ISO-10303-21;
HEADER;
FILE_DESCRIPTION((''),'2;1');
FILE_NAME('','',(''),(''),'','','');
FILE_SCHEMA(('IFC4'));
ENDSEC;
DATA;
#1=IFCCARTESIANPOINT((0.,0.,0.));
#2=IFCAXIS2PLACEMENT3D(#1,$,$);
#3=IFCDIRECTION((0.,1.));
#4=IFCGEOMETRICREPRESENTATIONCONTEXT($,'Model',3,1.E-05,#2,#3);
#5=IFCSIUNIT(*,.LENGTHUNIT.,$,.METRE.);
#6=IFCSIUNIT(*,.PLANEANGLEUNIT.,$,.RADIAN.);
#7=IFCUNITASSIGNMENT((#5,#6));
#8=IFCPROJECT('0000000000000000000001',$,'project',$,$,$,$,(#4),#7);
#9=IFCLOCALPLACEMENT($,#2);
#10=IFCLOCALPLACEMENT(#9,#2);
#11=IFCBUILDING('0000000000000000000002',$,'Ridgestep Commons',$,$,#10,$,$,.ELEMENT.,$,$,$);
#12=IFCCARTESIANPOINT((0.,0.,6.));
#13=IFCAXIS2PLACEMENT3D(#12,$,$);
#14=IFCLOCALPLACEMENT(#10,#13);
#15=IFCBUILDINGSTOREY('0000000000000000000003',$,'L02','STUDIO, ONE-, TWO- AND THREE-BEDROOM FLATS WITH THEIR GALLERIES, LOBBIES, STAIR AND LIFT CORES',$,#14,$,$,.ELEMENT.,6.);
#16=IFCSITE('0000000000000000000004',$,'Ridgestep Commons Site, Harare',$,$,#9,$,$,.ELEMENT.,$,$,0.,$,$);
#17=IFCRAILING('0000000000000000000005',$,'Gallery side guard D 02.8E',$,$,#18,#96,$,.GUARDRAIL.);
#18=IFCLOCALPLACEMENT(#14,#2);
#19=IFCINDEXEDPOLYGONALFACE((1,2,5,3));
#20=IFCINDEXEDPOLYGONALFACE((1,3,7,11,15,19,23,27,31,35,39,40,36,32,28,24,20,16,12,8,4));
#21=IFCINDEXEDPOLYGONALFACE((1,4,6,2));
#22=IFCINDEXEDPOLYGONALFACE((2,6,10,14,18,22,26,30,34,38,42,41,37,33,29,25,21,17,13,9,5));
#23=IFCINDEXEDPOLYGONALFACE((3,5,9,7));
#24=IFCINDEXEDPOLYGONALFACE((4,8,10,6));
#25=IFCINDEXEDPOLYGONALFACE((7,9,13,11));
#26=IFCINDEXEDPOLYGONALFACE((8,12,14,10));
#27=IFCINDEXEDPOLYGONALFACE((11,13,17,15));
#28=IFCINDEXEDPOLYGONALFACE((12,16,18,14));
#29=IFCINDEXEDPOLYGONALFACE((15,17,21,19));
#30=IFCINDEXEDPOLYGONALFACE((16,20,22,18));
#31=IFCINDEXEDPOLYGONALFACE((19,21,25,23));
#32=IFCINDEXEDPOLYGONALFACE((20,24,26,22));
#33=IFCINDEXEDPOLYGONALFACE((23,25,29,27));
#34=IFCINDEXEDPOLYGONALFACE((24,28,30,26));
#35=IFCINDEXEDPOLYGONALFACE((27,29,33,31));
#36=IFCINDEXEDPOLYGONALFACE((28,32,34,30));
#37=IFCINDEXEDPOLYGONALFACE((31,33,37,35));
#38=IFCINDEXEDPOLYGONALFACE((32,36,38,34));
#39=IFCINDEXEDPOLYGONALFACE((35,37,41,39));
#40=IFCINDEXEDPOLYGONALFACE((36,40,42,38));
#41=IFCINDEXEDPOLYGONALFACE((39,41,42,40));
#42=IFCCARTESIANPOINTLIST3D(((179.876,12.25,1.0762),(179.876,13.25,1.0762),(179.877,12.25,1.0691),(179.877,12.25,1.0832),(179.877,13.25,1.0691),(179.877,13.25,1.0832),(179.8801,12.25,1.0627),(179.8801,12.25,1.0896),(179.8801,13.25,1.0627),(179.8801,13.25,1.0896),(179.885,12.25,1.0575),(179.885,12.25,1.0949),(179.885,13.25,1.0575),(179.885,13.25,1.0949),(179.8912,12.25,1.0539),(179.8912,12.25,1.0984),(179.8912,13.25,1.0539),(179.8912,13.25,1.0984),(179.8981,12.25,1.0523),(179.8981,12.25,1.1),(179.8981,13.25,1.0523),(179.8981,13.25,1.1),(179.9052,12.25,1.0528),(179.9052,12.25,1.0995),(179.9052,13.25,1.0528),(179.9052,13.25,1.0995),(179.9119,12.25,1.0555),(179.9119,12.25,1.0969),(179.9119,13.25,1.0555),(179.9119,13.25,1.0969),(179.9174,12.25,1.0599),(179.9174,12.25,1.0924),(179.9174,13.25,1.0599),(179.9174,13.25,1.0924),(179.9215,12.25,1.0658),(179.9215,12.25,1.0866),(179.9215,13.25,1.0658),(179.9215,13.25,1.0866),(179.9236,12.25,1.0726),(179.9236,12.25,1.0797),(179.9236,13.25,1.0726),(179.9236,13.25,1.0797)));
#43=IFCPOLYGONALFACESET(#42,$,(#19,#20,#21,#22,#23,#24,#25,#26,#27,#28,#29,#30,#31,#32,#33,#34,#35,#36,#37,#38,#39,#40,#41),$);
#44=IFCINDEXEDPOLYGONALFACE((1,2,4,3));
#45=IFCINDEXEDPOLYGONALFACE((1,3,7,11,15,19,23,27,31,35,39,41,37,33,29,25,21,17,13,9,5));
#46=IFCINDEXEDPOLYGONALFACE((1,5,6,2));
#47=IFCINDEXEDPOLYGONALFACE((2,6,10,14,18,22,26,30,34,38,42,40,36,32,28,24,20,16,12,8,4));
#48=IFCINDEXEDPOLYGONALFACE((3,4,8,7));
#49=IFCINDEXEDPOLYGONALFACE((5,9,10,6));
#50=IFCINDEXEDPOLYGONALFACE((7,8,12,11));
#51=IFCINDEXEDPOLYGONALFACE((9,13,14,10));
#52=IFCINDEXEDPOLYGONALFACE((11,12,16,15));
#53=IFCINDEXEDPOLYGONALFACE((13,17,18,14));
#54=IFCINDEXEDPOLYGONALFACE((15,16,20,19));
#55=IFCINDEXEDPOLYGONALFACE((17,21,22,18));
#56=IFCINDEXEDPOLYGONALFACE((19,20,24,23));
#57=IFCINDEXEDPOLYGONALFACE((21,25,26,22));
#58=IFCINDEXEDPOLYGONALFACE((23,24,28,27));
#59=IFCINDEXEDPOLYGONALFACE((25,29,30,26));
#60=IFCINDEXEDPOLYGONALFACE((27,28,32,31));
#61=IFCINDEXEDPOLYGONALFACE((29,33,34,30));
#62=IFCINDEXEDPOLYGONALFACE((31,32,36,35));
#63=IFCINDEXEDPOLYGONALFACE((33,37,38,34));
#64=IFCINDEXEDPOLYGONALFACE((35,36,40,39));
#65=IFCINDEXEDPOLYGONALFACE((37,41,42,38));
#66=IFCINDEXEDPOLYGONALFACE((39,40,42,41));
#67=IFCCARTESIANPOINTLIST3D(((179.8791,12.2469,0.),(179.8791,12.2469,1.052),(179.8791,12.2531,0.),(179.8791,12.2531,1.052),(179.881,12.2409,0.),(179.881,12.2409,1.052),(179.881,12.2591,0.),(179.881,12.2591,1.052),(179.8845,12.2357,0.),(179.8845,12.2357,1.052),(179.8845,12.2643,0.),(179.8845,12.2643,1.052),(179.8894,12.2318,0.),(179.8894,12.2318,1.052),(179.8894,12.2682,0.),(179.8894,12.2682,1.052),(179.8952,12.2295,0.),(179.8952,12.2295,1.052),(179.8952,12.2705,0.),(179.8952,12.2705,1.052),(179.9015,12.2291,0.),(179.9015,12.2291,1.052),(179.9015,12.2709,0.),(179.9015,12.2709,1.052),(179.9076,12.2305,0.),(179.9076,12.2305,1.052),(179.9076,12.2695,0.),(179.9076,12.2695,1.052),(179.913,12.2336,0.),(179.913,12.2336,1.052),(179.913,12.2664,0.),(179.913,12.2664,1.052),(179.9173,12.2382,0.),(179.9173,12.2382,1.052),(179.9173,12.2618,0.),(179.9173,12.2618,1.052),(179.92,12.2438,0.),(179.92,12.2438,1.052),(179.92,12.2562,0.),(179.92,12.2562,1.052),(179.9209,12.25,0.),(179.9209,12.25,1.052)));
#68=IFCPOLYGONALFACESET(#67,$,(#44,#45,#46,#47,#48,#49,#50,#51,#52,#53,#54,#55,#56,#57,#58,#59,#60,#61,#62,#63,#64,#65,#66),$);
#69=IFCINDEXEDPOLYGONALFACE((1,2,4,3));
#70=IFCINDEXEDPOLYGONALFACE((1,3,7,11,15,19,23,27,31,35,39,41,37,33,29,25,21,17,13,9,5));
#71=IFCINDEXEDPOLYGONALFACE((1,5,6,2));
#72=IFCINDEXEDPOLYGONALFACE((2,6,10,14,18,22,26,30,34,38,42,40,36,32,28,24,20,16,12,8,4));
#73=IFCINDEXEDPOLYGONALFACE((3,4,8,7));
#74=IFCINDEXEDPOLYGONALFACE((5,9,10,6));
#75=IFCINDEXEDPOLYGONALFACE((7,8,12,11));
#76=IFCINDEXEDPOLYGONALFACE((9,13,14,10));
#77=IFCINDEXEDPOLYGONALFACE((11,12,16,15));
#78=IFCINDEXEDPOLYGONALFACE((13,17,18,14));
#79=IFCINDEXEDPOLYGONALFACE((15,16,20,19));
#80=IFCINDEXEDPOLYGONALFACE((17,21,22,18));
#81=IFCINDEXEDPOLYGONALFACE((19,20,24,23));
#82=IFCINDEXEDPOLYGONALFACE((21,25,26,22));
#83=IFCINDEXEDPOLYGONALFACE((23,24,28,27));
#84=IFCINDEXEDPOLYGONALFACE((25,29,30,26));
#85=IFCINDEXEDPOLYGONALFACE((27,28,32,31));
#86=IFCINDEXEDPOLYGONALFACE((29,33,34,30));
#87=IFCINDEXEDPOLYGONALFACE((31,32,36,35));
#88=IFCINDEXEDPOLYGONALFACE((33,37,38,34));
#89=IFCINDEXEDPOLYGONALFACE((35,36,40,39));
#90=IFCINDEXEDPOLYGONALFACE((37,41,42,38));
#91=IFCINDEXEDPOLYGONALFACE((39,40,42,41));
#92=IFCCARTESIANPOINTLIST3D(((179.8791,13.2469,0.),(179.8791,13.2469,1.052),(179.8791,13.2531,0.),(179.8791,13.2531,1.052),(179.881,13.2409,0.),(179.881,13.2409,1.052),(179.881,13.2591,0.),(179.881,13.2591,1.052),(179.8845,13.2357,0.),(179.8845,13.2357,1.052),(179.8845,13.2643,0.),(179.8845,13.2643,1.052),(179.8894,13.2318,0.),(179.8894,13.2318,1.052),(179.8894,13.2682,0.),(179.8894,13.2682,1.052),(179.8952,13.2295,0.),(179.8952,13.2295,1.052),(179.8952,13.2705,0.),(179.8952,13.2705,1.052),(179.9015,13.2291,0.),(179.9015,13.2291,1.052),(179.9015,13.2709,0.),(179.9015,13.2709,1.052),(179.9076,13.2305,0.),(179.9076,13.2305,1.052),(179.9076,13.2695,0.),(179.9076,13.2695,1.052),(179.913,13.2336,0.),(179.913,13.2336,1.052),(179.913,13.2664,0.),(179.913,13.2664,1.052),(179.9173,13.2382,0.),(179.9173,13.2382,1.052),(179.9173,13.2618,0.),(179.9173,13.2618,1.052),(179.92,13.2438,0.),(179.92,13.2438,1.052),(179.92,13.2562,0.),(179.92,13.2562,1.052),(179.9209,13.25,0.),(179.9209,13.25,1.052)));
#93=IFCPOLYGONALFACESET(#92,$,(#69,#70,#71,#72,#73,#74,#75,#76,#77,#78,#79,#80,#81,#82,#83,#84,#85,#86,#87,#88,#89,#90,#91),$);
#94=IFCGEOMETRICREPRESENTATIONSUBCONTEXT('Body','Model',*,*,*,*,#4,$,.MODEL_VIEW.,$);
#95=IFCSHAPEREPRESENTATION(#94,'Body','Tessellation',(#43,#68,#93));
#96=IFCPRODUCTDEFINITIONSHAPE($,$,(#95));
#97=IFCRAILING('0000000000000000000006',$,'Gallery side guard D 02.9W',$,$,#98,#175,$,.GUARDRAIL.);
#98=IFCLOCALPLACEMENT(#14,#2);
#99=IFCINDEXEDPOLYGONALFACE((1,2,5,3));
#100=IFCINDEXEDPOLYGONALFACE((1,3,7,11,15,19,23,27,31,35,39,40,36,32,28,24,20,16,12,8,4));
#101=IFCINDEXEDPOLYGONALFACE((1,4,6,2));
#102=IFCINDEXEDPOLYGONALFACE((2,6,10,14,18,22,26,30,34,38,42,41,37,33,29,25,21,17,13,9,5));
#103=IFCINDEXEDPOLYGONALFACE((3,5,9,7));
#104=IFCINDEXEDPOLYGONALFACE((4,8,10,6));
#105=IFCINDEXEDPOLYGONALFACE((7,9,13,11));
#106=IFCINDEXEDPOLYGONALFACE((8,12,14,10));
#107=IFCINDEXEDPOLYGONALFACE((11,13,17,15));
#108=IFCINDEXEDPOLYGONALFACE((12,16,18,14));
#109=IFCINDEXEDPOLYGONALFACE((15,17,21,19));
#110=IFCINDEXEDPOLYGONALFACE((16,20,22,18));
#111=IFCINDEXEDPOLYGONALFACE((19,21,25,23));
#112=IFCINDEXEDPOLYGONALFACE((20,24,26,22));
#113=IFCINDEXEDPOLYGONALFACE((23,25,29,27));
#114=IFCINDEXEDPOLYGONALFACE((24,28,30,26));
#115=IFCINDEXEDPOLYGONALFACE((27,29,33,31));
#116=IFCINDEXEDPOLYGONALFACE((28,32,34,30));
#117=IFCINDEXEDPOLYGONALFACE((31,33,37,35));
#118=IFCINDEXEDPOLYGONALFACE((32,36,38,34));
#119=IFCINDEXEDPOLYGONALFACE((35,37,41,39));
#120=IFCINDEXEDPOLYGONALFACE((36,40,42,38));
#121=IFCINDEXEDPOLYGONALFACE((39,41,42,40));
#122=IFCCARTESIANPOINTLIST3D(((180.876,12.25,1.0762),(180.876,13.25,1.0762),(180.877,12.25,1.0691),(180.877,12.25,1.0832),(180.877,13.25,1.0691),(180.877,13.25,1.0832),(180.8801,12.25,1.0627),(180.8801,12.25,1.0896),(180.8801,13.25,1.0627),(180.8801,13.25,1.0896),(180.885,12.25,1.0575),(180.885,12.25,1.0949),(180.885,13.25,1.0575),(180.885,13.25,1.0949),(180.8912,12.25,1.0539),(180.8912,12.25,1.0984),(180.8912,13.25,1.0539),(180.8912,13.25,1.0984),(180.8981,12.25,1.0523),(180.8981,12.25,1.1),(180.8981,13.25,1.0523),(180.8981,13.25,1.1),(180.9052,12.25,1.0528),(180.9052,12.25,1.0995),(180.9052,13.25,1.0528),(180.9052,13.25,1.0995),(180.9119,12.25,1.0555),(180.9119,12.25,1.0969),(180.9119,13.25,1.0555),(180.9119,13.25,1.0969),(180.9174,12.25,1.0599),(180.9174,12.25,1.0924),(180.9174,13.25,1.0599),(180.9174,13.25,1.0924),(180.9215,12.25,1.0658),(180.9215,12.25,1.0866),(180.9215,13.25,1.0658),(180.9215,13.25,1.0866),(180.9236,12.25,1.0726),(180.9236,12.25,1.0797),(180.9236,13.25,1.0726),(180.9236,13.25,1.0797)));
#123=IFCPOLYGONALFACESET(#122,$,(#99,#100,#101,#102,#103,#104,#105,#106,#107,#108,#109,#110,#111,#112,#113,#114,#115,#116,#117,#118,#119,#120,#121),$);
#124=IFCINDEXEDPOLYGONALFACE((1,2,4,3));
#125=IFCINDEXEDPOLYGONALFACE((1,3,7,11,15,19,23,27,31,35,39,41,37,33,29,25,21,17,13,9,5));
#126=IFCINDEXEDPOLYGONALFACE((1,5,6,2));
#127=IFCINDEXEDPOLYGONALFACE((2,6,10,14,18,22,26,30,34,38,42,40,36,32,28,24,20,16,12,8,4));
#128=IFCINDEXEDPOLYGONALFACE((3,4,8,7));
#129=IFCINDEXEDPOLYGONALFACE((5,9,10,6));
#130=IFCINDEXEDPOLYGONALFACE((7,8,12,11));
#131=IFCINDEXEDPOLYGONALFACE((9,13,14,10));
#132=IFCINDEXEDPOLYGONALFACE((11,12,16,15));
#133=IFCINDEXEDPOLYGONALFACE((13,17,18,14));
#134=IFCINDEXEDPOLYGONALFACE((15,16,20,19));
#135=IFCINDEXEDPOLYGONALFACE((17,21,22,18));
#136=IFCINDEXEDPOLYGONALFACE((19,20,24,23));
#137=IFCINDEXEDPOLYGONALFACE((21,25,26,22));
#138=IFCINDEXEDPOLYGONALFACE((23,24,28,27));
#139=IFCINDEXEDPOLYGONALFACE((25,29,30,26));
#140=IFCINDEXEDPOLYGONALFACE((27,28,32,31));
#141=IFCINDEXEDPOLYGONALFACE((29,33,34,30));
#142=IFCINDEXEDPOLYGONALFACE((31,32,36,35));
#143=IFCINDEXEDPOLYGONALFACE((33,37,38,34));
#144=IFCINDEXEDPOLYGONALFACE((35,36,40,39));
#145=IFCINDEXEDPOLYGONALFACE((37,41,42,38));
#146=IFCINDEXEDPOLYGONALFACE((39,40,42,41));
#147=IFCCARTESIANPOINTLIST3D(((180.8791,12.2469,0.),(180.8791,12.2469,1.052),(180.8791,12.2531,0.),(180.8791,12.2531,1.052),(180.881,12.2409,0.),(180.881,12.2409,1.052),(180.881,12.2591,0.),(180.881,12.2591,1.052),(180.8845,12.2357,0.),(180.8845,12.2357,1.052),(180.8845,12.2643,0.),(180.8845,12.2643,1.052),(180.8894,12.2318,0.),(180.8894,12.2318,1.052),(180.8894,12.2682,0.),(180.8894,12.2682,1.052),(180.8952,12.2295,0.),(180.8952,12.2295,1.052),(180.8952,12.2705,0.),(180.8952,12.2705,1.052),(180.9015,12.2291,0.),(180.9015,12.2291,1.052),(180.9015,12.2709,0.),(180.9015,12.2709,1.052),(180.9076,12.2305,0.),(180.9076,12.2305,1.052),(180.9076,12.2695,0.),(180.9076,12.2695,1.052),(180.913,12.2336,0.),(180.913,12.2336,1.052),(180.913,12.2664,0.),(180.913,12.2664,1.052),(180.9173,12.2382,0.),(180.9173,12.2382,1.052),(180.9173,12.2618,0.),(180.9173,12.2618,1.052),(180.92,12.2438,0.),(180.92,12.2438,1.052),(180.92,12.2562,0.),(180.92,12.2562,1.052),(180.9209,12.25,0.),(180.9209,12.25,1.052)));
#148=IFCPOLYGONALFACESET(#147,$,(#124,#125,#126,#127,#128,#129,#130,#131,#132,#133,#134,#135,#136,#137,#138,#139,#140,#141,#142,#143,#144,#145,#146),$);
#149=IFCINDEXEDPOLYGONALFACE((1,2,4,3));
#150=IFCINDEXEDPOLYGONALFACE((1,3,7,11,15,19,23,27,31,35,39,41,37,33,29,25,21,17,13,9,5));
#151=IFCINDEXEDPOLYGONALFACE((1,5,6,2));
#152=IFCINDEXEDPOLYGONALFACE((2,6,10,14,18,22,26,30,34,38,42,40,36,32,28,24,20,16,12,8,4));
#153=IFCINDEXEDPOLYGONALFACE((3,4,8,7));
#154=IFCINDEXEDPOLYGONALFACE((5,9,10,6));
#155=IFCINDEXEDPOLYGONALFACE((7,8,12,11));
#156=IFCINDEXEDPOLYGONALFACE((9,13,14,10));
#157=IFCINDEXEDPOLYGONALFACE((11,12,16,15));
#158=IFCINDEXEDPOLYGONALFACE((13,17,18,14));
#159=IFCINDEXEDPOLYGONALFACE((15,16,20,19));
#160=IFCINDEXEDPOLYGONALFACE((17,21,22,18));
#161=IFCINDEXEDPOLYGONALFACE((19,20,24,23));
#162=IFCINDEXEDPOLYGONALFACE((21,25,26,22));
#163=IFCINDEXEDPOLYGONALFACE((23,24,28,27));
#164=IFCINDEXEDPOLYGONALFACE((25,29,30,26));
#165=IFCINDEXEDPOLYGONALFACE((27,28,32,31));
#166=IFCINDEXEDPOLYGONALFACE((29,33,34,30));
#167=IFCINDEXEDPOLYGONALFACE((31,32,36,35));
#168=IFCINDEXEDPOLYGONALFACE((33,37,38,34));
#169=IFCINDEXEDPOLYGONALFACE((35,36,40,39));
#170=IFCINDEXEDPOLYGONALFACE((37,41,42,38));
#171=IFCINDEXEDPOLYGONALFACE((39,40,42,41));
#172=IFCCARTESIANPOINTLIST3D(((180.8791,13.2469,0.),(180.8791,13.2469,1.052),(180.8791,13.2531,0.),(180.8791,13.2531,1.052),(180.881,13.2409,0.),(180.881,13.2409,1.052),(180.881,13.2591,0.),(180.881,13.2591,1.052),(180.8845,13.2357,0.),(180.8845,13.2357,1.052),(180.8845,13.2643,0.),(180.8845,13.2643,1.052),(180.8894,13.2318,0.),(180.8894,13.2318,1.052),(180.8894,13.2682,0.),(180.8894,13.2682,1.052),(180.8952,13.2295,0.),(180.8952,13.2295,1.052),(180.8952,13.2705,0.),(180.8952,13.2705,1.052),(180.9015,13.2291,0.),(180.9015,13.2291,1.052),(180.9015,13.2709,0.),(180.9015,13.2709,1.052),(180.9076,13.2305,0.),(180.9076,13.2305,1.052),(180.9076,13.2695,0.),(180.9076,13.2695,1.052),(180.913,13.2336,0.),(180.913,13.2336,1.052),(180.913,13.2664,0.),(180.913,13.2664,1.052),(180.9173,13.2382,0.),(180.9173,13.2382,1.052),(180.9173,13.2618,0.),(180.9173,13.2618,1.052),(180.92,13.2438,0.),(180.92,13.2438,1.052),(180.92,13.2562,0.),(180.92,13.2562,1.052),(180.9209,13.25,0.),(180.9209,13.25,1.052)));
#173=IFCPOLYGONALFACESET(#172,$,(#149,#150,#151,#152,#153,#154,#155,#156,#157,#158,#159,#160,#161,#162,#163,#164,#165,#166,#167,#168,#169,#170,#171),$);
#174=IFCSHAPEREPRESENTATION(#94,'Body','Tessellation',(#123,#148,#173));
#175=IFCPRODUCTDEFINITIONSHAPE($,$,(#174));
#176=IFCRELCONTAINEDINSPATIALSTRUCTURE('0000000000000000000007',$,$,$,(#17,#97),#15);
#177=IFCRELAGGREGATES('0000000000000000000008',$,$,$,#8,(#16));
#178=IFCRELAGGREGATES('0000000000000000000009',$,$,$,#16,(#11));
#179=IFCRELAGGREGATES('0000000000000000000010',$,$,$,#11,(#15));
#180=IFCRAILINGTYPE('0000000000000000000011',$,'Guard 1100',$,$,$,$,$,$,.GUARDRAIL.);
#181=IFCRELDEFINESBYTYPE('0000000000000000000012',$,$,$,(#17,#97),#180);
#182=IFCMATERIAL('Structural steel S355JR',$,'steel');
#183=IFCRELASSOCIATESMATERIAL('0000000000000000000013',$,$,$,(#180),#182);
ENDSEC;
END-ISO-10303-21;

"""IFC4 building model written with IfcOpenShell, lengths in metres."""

from ifc_helpers import new_model, si_unit, direction, frame, origin, origin_2d, place, context, subcontext, project, spatial, circle, extrude, material, type_object, element, save


model = new_model("IFC4")

# Units and contexts
model_context = context("Model", 3, precision=1e-05, world=origin(), true_north=direction((0.0, 1.0)))
body_context = subcontext(model_context, "Body", "Model", "MODEL_VIEW")
ifc_project = project(units=[si_unit("LENGTHUNIT", "METRE"), si_unit("PLANEANGLEUNIT", "RADIAN")], contexts=[model_context])

# Site, building, storey
site_placement = place(None, origin())
site = spatial("IfcSite", under=ifc_project, at=site_placement, Name="Ridgestep Commons Site, Harare", CompositionType="ELEMENT", RefElevation=0.0)
building_placement = place(site_placement, origin())
building = spatial("IfcBuilding", under=site, at=building_placement, Name="Ridgestep Commons", CompositionType="ELEMENT")
storey_placement = place(building_placement, frame((0.0, 0.0, 6.0)))
storey = spatial("IfcBuildingStorey", under=building, at=storey_placement, Name="L02", Description="STUDIO, ONE-, TWO- AND THREE-BEDROOM FLATS WITH THEIR GALLERIES, LOBBIES, STAIR AND LIFT CORES", CompositionType="ELEMENT", Elevation=6.0)

# Railings
ifc_material_1 = material(Name="Structural steel S355JR", Category="steel")
railing_type = type_object("IfcRailingType", Name="Guard 1100", PredefinedType="GUARDRAIL", material=ifc_material_1)
for number, where, name in (
    (1, (179.8999, 12.25, 0.0), "Gallery side guard D 02.8E"),
    (2, (180.8999, 12.25, 0.0), "Gallery side guard D 02.9W"),
):
    element("IfcRailing", number, at=place(storey_placement, frame(where)), inside=storey, type_object=railing_type, Name=name, PredefinedType="GUARDRAIL", context=body_context, shape_type="SweptSolid", body=[
        extrude(circle(Radius=0.0239, at=origin_2d()), frame((0.0, 0.0, 1.0762), z_axis=(0.0, 1.0, 0.0), x_axis=(-1.0, 0.0, 0.0)), (0.0, 0.0, 1.0), 1.0),
        extrude(circle(Radius=0.021, at=origin_2d()), origin(), (0.0, 0.0, 1.0), 1.052),
        extrude(circle(Radius=0.021, at=origin_2d()), frame((0.0, 1.0, 0.0)), (0.0, 0.0, 1.0), 1.052),
    ])

save(model, "model.ifc")
